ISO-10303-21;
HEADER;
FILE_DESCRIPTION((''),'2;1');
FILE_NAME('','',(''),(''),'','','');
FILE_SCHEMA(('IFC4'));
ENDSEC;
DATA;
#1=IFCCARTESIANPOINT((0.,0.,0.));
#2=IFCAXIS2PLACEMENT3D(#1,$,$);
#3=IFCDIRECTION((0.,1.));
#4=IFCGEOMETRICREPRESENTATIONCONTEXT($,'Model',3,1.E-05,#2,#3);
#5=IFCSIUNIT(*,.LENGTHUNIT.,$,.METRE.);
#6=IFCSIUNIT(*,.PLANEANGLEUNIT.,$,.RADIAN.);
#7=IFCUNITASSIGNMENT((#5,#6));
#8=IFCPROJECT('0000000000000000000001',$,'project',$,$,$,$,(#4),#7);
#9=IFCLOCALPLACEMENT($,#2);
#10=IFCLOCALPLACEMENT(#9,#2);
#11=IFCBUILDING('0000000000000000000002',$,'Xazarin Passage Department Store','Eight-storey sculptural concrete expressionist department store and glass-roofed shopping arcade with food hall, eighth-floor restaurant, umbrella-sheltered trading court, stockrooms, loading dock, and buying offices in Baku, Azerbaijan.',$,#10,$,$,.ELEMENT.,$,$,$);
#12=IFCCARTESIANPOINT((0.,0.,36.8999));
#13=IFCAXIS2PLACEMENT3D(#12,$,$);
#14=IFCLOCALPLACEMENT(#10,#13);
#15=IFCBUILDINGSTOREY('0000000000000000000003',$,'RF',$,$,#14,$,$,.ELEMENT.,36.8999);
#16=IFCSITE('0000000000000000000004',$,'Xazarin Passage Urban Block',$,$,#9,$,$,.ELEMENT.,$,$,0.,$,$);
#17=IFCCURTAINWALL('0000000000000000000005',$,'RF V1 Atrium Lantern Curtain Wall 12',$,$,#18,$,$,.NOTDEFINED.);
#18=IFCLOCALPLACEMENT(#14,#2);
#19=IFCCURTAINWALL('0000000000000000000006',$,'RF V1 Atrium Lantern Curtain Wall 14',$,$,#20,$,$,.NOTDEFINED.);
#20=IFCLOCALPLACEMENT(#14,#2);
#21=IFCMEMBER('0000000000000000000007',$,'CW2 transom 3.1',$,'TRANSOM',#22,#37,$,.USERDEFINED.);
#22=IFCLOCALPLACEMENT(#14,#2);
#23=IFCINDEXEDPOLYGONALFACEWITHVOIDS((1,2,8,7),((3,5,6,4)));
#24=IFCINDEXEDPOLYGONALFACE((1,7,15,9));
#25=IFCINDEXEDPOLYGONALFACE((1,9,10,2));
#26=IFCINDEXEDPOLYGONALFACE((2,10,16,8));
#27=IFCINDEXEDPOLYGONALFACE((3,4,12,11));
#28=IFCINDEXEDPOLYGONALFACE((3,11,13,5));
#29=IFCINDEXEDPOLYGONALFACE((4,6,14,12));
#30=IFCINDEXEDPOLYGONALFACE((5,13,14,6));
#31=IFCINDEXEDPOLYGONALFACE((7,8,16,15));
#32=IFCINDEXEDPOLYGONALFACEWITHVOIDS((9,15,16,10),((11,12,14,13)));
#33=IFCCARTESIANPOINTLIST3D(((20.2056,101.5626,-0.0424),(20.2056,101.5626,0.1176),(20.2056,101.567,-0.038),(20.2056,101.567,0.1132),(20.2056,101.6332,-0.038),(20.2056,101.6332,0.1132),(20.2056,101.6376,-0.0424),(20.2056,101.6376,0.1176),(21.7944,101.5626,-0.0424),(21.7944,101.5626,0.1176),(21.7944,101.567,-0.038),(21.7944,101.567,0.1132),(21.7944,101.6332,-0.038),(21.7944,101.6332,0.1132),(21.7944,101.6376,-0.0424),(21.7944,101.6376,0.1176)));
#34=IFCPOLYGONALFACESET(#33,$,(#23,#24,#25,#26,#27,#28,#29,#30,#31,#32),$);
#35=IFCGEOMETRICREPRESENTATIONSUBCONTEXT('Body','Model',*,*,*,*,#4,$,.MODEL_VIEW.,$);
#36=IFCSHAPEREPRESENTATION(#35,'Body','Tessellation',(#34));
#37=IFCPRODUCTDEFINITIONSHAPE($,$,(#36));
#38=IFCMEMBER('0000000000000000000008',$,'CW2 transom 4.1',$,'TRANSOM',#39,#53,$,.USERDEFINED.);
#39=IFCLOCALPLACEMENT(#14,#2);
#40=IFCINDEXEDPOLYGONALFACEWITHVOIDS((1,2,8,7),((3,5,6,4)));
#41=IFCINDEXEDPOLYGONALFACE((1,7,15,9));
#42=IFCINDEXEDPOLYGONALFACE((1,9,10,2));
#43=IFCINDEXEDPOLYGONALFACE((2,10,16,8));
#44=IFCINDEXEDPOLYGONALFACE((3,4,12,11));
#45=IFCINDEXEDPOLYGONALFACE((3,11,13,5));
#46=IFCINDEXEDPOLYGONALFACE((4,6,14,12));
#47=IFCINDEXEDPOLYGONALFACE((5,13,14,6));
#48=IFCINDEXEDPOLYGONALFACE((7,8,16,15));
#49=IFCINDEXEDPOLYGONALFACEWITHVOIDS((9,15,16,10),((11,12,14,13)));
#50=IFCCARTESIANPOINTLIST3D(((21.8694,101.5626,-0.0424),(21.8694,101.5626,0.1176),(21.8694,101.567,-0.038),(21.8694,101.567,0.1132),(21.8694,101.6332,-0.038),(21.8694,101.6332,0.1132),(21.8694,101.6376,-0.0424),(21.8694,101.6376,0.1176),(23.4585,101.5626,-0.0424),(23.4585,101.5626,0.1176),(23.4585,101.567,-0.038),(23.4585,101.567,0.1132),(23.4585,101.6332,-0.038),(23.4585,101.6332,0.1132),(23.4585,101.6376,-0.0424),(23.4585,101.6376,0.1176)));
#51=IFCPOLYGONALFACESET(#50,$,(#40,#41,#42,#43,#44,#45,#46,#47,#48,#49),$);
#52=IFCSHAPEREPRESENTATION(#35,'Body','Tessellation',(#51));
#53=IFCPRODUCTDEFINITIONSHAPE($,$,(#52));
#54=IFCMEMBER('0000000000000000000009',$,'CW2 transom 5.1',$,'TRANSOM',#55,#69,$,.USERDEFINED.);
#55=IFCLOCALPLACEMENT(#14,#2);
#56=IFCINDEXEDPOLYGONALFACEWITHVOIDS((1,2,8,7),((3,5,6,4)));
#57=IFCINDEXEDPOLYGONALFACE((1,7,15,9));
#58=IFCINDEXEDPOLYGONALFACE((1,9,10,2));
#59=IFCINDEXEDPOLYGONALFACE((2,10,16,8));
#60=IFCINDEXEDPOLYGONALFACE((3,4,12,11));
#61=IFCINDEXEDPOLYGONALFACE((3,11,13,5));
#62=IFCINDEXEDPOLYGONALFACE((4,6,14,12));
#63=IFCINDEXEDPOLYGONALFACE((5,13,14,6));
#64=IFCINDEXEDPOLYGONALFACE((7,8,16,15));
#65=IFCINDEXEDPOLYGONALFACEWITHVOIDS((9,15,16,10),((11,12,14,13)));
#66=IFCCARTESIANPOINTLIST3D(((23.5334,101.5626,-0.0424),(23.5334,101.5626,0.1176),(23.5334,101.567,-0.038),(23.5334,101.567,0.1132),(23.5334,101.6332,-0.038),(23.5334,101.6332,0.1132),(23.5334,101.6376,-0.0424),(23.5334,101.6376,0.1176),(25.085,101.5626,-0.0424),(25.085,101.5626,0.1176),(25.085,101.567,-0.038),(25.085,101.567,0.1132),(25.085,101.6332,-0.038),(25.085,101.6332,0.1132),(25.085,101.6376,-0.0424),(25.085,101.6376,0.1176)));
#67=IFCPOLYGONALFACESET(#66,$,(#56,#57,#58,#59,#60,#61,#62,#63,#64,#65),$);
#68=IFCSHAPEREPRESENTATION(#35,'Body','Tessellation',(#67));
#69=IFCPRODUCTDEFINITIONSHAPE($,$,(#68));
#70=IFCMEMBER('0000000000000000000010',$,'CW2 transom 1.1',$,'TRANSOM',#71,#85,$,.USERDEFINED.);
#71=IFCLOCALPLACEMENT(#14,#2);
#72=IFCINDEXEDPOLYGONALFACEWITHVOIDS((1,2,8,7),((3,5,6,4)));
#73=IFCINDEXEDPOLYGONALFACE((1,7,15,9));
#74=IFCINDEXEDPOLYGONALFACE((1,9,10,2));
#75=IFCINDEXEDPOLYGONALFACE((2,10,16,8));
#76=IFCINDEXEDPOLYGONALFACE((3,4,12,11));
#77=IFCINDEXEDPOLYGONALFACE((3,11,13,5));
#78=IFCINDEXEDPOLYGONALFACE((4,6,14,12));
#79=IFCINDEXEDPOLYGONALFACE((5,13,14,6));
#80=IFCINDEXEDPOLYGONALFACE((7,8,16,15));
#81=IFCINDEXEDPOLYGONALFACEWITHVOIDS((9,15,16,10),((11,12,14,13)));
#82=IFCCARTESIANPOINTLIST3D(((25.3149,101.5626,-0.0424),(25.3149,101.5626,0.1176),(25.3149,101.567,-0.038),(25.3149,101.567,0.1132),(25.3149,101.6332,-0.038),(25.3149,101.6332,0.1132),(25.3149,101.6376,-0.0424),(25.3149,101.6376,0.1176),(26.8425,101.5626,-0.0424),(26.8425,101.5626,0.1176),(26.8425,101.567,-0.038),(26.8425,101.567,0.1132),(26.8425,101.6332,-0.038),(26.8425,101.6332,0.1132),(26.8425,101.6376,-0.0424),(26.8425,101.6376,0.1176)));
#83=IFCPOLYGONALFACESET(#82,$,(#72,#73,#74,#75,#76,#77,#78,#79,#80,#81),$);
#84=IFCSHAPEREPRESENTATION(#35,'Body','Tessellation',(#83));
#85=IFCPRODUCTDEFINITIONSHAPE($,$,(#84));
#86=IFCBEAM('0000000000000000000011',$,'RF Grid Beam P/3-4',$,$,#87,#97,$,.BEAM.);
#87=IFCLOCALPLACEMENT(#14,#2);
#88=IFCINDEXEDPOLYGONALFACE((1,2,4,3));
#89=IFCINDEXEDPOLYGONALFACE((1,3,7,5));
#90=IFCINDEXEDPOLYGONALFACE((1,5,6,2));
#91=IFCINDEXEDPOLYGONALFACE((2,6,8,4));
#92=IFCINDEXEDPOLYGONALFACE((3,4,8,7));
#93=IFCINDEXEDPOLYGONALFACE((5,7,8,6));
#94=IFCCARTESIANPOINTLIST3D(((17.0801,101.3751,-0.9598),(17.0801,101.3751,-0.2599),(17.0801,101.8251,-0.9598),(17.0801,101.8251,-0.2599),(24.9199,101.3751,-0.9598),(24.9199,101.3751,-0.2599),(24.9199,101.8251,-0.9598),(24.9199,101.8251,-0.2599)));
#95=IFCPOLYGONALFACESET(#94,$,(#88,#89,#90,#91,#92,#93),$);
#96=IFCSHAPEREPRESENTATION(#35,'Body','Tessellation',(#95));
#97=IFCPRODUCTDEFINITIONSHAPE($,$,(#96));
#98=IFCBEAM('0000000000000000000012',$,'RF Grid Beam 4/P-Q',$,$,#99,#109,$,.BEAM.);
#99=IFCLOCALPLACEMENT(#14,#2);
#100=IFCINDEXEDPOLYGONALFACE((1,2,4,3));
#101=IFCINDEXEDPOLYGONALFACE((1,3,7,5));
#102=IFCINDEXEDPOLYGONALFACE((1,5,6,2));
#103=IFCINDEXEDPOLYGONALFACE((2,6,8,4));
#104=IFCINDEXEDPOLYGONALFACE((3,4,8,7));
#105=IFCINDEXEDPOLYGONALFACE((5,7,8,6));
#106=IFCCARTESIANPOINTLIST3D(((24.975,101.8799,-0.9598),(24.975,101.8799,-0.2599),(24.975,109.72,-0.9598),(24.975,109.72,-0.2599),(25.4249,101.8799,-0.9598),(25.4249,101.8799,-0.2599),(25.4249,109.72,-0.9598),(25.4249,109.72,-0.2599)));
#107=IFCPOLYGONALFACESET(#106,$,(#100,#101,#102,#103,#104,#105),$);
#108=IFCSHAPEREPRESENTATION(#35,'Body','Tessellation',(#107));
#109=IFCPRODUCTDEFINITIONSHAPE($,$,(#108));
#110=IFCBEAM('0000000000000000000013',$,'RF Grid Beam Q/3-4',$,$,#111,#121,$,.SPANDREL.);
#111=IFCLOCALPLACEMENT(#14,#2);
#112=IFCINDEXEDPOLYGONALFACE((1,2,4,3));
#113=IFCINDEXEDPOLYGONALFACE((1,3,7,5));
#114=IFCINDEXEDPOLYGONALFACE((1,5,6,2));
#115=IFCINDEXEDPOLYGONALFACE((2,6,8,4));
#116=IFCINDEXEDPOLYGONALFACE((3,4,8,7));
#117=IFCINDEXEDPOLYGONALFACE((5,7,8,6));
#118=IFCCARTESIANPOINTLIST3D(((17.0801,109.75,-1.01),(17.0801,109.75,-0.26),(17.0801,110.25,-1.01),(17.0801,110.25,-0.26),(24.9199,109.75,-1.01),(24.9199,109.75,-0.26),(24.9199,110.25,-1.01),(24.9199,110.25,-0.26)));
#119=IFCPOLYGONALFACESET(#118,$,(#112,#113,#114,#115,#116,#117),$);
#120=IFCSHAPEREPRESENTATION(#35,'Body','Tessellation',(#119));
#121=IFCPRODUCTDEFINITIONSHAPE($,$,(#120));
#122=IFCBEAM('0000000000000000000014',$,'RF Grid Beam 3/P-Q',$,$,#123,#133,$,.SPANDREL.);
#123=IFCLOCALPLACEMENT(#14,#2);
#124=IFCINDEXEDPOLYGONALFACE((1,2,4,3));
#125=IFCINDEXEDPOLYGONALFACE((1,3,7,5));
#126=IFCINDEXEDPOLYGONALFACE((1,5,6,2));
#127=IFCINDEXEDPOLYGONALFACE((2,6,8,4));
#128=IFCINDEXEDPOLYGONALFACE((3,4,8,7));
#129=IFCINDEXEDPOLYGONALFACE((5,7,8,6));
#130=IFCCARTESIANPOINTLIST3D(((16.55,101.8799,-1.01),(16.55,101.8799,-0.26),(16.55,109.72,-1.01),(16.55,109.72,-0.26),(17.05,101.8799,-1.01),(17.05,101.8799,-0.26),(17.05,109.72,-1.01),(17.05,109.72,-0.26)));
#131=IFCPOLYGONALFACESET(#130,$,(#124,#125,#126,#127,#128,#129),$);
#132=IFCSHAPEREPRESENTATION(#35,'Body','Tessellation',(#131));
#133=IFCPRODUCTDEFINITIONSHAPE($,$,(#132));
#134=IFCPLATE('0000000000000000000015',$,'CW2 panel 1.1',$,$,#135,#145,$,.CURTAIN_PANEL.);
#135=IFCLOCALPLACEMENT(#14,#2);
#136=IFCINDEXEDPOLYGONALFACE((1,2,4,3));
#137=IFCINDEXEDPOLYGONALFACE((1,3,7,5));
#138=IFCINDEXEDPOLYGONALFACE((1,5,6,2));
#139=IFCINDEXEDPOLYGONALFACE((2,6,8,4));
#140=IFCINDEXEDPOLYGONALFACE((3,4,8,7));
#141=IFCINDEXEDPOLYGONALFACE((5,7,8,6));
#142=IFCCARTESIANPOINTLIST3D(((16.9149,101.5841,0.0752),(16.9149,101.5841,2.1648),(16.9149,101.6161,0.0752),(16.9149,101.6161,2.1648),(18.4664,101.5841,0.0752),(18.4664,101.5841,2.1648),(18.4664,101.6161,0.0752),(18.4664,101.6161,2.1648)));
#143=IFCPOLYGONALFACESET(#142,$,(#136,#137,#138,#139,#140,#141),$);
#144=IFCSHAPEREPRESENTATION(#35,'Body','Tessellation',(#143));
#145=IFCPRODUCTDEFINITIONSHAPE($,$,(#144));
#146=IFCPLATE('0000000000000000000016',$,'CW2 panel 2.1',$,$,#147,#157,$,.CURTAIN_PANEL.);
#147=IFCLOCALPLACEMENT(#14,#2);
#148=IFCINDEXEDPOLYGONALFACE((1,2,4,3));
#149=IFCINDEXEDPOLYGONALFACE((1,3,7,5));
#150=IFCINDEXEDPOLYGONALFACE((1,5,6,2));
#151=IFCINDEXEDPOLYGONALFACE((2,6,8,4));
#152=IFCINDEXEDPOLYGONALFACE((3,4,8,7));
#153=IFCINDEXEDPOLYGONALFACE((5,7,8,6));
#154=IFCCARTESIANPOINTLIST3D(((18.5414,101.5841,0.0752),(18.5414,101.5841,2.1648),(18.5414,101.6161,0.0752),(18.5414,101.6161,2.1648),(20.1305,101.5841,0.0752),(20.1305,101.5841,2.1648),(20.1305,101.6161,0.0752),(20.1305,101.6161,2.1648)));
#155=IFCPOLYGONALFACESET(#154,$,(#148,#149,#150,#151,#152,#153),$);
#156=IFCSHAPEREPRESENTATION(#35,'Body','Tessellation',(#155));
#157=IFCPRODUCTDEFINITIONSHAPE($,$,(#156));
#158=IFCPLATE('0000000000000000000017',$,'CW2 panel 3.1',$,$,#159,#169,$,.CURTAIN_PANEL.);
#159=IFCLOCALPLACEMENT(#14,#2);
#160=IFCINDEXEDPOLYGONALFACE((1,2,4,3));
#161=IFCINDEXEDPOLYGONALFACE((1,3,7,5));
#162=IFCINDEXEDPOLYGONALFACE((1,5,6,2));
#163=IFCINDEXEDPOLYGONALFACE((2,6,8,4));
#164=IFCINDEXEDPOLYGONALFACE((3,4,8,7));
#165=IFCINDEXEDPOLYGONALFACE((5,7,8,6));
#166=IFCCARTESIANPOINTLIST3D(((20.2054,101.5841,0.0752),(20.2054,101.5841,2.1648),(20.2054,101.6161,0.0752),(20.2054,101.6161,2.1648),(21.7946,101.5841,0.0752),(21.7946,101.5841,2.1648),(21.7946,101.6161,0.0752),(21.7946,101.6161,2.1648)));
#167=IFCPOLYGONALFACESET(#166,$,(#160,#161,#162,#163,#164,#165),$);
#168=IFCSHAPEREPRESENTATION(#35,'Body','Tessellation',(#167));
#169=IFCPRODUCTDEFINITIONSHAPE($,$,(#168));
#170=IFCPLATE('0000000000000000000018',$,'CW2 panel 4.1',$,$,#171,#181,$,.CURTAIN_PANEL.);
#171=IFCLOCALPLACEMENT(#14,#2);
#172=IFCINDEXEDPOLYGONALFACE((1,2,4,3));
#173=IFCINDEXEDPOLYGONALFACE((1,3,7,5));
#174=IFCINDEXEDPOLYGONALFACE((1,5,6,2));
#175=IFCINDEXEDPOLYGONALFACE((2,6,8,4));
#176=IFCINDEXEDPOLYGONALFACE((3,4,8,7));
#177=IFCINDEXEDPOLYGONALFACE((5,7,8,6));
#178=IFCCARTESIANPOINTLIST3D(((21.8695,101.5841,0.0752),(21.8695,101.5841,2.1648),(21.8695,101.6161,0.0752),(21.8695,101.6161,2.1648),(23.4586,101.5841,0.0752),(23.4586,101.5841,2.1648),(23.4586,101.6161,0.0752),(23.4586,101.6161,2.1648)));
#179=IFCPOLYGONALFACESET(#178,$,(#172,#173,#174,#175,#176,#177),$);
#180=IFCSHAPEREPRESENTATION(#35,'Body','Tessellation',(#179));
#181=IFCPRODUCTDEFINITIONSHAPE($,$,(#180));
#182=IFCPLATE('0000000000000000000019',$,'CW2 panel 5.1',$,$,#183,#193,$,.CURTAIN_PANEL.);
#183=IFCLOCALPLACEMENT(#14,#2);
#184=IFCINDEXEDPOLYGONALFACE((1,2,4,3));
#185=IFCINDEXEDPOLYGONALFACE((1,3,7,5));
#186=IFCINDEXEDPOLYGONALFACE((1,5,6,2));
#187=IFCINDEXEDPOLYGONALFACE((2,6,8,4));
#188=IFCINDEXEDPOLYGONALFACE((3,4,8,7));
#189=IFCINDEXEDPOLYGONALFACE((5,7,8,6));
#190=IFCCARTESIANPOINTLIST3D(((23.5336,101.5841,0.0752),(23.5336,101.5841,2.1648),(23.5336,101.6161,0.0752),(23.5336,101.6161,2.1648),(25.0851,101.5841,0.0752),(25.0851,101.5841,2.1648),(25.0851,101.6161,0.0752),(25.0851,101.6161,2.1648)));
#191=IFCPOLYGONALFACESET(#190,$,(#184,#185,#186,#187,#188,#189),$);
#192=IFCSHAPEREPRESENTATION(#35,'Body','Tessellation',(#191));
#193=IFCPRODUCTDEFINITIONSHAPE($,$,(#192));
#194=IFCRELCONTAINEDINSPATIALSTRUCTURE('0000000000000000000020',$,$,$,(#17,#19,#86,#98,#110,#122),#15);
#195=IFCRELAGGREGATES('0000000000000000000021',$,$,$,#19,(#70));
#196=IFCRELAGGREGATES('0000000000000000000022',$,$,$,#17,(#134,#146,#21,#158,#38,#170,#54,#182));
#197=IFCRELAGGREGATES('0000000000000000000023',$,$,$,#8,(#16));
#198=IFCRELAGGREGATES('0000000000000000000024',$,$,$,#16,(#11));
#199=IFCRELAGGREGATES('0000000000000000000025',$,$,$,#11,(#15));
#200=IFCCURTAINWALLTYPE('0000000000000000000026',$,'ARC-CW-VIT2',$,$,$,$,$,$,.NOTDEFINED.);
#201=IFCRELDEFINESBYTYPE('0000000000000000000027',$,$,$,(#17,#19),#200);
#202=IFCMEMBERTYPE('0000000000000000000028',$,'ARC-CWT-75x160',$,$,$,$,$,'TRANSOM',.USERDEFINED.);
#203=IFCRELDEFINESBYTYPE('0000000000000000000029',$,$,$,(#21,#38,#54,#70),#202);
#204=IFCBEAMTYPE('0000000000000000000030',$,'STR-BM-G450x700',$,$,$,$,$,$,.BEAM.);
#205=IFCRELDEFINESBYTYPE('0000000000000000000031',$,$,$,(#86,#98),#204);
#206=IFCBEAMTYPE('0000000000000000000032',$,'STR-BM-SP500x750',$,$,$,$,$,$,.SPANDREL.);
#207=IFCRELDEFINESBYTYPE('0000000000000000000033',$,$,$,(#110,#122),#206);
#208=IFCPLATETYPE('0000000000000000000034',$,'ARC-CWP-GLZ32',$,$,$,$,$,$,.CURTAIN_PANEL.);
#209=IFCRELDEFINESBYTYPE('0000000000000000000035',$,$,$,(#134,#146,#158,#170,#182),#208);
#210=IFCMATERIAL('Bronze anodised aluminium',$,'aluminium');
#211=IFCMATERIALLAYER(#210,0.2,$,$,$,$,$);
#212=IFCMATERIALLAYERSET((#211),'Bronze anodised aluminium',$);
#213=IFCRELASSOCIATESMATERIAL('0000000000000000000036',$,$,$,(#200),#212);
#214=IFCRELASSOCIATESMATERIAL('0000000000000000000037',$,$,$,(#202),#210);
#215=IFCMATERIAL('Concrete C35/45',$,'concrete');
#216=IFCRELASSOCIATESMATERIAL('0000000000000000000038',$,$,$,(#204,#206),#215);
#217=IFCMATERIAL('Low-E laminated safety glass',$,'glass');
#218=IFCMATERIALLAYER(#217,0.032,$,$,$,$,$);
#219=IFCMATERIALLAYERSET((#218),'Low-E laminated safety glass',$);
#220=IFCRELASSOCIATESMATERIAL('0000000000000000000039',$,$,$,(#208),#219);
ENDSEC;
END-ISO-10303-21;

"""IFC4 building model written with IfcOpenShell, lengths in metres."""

from ifc_helpers import new_model, si_unit, direction, frame, origin, origin_2d, place, context, subcontext, project, spatial, rectangle, hollow_rectangle, extrude, material, layer, layer_set, material_profile, profile_set, type_object, element, aggregate, save


model = new_model("IFC4")

# Units and contexts
model_context = context("Model", 3, precision=1e-05, world=origin(), true_north=direction((0.0, 1.0)))
body_context = subcontext(model_context, "Body", "Model", "MODEL_VIEW")
ifc_project = project(units=[si_unit("LENGTHUNIT", "METRE"), si_unit("PLANEANGLEUNIT", "RADIAN")], contexts=[model_context])

# Site, building, storey
site_placement = place(None, origin())
site = spatial("IfcSite", under=ifc_project, at=site_placement, Name="Xazarin Passage Urban Block", CompositionType="ELEMENT", RefElevation=0.0)
building_placement = place(site_placement, origin())
building = spatial("IfcBuilding", under=site, at=building_placement, Name="Xazarin Passage Department Store", Description="Eight-storey sculptural concrete expressionist department store and glass-roofed shopping arcade with food hall, eighth-floor restaurant, umbrella-sheltered trading court, stockrooms, loading dock, and buying offices in Baku, Azerbaijan.", CompositionType="ELEMENT")
storey_placement = place(building_placement, frame((0.0, 0.0, 36.8999)))
storey = spatial("IfcBuildingStorey", under=building, at=storey_placement, Name="RF", CompositionType="ELEMENT", Elevation=36.8999)

# Shared definitions
ifc_material_1 = material(Name="Bronze anodised aluminium", Category="aluminium")
ifc_layer_1 = layer(ifc_material_1, 0.2)
ifc_layer_set_1 = layer_set([ifc_layer_1], Name="Bronze anodised aluminium")
curtain_wall_type = type_object("IfcCurtainWallType", Name="ARC-CW-VIT2", PredefinedType="NOTDEFINED", material=ifc_layer_set_1)

# Curtain wall
curtain_wall_1_placement = place(storey_placement, origin())
curtain_wall_1 = element("IfcCurtainWall", 1, at=curtain_wall_1_placement, inside=storey, type_object=curtain_wall_type, Name="RF V1 Atrium Lantern Curtain Wall 12", PredefinedType="NOTDEFINED")

# Curtain wall
curtain_wall_2_placement = place(storey_placement, origin())
curtain_wall_2 = element("IfcCurtainWall", 2, at=curtain_wall_2_placement, inside=storey, type_object=curtain_wall_type, Name="RF V1 Atrium Lantern Curtain Wall 14", PredefinedType="NOTDEFINED")

# Members
ifc_material_profile_1 = material_profile(ifc_material_1, hollow_rectangle(XDim=0.075, YDim=0.1599, WallThickness=0.0044, at=origin_2d()), Name="ALU 75x160")
ifc_profile_set_1 = profile_set([ifc_material_profile_1], Name="Bronze anodised aluminium")
member_type_1 = type_object("IfcMemberType", Name="ARC-CWT-75x160", ElementType="TRANSOM", PredefinedType="USERDEFINED", material=ifc_profile_set_1)
member_1_placement = place(storey_placement, frame((20.2056, 101.6001, 0.0376), z_axis=(1.0, 0.0, 0.0), x_axis=(0.0, 1.0, 0.0)))
member_1 = element("IfcMember", 3, at=member_1_placement, type_object=member_type_1, Name="CW2 transom 3.1", ObjectType="TRANSOM", PredefinedType="USERDEFINED", context=body_context, shape_type="SweptSolid", body=[
    extrude(hollow_rectangle(XDim=0.075, YDim=0.1599, WallThickness=0.0044, at=origin_2d()), origin(), (0.0, 0.0, 1.0), 1.5889),
])
member_2_placement = place(storey_placement, frame((21.8694, 101.6001, 0.0376), z_axis=(1.0, 0.0, 0.0), x_axis=(0.0, 1.0, 0.0)))
member_2 = element("IfcMember", 4, at=member_2_placement, type_object=member_type_1, Name="CW2 transom 4.1", ObjectType="TRANSOM", PredefinedType="USERDEFINED", context=body_context, shape_type="SweptSolid", body=[
    extrude(hollow_rectangle(XDim=0.075, YDim=0.1599, WallThickness=0.0044, at=origin_2d()), origin(), (0.0, 0.0, 1.0), 1.5891),
])
member_3_placement = place(storey_placement, frame((23.5334, 101.6001, 0.0376), z_axis=(1.0, 0.0, 0.0), x_axis=(0.0, 1.0, 0.0)))
member_3 = element("IfcMember", 5, at=member_3_placement, type_object=member_type_1, Name="CW2 transom 5.1", ObjectType="TRANSOM", PredefinedType="USERDEFINED", context=body_context, shape_type="SweptSolid", body=[
    extrude(hollow_rectangle(XDim=0.075, YDim=0.1599, WallThickness=0.0044, at=origin_2d()), origin(), (0.0, 0.0, 1.0), 1.5515),
])
member_4_placement = place(storey_placement, frame((25.3149, 101.6001, 0.0376), z_axis=(1.0, 0.0, 0.0), x_axis=(0.0, 1.0, 0.0)))
member_4 = element("IfcMember", 6, at=member_4_placement, type_object=member_type_1, Name="CW2 transom 1.1", ObjectType="TRANSOM", PredefinedType="USERDEFINED", context=body_context, shape_type="SweptSolid", body=[
    extrude(hollow_rectangle(XDim=0.075, YDim=0.1599, WallThickness=0.0044, at=origin_2d()), origin(), (0.0, 0.0, 1.0), 1.5276),
])
aggregate(curtain_wall_2, [member_4])

# Beams
ifc_material_2 = material(Name="Concrete C35/45", Category="concrete")
ifc_material_profile_2 = material_profile(ifc_material_2, rectangle(XDim=0.45, YDim=0.7, at=origin_2d()), Name="RC 450x700")
ifc_profile_set_2 = profile_set([ifc_material_profile_2], Name="Concrete C35/45")
beam_type_1 = type_object("IfcBeamType", Name="STR-BM-G450x700", PredefinedType="BEAM", material=ifc_profile_set_2)
beam_1_placement = place(storey_placement, frame((17.0801, 101.6001, -0.6099), z_axis=(1.0, 0.0, 0.0), x_axis=(0.0, 1.0, 0.0)))
element("IfcBeam", 7, at=beam_1_placement, inside=storey, type_object=beam_type_1, Name="RF Grid Beam P/3-4", PredefinedType="BEAM", context=body_context, shape_type="SweptSolid", body=[
    extrude(rectangle(XDim=0.45, YDim=0.7, at=origin_2d()), origin(), (0.0, 0.0, 1.0), 7.8398),
])
beam_2_placement = place(storey_placement, frame((25.2, 101.8799, -0.6099), z_axis=(0.0, 1.0, 0.0), x_axis=(-1.0, 0.0, 0.0)))
element("IfcBeam", 8, at=beam_2_placement, inside=storey, type_object=beam_type_1, Name="RF Grid Beam 4/P-Q", PredefinedType="BEAM", context=body_context, shape_type="SweptSolid", body=[
    extrude(rectangle(XDim=0.45, YDim=0.7, at=origin_2d()), origin(), (0.0, 0.0, 1.0), 7.8401),
])
ifc_material_profile_3 = material_profile(ifc_material_2, rectangle(XDim=0.5, YDim=0.75, at=origin_2d()), Name="RC 500x750")
ifc_profile_set_3 = profile_set([ifc_material_profile_3], Name="Concrete C35/45")
beam_type_2 = type_object("IfcBeamType", Name="STR-BM-SP500x750", PredefinedType="SPANDREL", material=ifc_profile_set_3)
beam_3_placement = place(storey_placement, frame((17.0801, 110.0, -0.635), z_axis=(1.0, 0.0, 0.0), x_axis=(0.0, 1.0, 0.0)))
element("IfcBeam", 9, at=beam_3_placement, inside=storey, type_object=beam_type_2, Name="RF Grid Beam Q/3-4", PredefinedType="SPANDREL", context=body_context, shape_type="SweptSolid", body=[
    extrude(rectangle(XDim=0.5, YDim=0.75, at=origin_2d()), origin(), (0.0, 0.0, 1.0), 7.8398),
])
beam_4_placement = place(storey_placement, frame((16.8, 101.8799, -0.635), z_axis=(0.0, 1.0, 0.0), x_axis=(-1.0, 0.0, 0.0)))
element("IfcBeam", 10, at=beam_4_placement, inside=storey, type_object=beam_type_2, Name="RF Grid Beam 3/P-Q", PredefinedType="SPANDREL", context=body_context, shape_type="SweptSolid", body=[
    extrude(rectangle(XDim=0.5, YDim=0.75, at=origin_2d()), origin(), (0.0, 0.0, 1.0), 7.8401),
])

# Plates
ifc_material_3 = material(Name="Low-E laminated safety glass", Category="glass")
ifc_layer_2 = layer(ifc_material_3, 0.032)
ifc_layer_set_2 = layer_set([ifc_layer_2], Name="Low-E laminated safety glass")
plate_type = type_object("IfcPlateType", Name="ARC-CWP-GLZ32", PredefinedType="CURTAIN_PANEL", material=ifc_layer_set_2)
plate_1_placement = place(storey_placement, frame((17.6907, 101.6001, 0.0752), z_axis=(0.0, 0.0, 1.0), x_axis=(1.0, 0.0, 0.0)))
plate_1 = element("IfcPlate", 11, at=plate_1_placement, type_object=plate_type, Name="CW2 panel 1.1", PredefinedType="CURTAIN_PANEL", context=body_context, shape_type="SweptSolid", body=[
    extrude(rectangle(XDim=1.5515, YDim=0.032, at=origin_2d()), origin(), (0.0, 0.0, 1.0), 2.0896),
])
plate_2_placement = place(storey_placement, frame((19.3359, 101.6001, 0.0752), z_axis=(0.0, 0.0, 1.0), x_axis=(1.0, 0.0, 0.0)))
plate_2 = element("IfcPlate", 12, at=plate_2_placement, type_object=plate_type, Name="CW2 panel 2.1", PredefinedType="CURTAIN_PANEL", context=body_context, shape_type="SweptSolid", body=[
    extrude(rectangle(XDim=1.5891, YDim=0.032, at=origin_2d()), origin(), (0.0, 0.0, 1.0), 2.0896),
])
plate_3_placement = place(storey_placement, frame((21.0, 101.6001, 0.0752), z_axis=(0.0, 0.0, 1.0), x_axis=(1.0, 0.0, 0.0)))
plate_3 = element("IfcPlate", 13, at=plate_3_placement, type_object=plate_type, Name="CW2 panel 3.1", PredefinedType="CURTAIN_PANEL", context=body_context, shape_type="SweptSolid", body=[
    extrude(rectangle(XDim=1.5891, YDim=0.032, at=origin_2d()), origin(), (0.0, 0.0, 1.0), 2.0896),
])
plate_4_placement = place(storey_placement, frame((22.6641, 101.6001, 0.0752), z_axis=(0.0, 0.0, 1.0), x_axis=(1.0, 0.0, 0.0)))
plate_4 = element("IfcPlate", 14, at=plate_4_placement, type_object=plate_type, Name="CW2 panel 4.1", PredefinedType="CURTAIN_PANEL", context=body_context, shape_type="SweptSolid", body=[
    extrude(rectangle(XDim=1.5891, YDim=0.032, at=origin_2d()), origin(), (0.0, 0.0, 1.0), 2.0896),
])
plate_5_placement = place(storey_placement, frame((24.3093, 101.6001, 0.0752), z_axis=(0.0, 0.0, 1.0), x_axis=(1.0, 0.0, 0.0)))
plate_5 = element("IfcPlate", 15, at=plate_5_placement, type_object=plate_type, Name="CW2 panel 5.1", PredefinedType="CURTAIN_PANEL", context=body_context, shape_type="SweptSolid", body=[
    extrude(rectangle(XDim=1.5515, YDim=0.032, at=origin_2d()), origin(), (0.0, 0.0, 1.0), 2.0896),
])
aggregate(curtain_wall_1, [plate_1, plate_2, member_1, plate_3, member_2, plate_4, member_3, plate_5])

save(model, "model.ifc")
